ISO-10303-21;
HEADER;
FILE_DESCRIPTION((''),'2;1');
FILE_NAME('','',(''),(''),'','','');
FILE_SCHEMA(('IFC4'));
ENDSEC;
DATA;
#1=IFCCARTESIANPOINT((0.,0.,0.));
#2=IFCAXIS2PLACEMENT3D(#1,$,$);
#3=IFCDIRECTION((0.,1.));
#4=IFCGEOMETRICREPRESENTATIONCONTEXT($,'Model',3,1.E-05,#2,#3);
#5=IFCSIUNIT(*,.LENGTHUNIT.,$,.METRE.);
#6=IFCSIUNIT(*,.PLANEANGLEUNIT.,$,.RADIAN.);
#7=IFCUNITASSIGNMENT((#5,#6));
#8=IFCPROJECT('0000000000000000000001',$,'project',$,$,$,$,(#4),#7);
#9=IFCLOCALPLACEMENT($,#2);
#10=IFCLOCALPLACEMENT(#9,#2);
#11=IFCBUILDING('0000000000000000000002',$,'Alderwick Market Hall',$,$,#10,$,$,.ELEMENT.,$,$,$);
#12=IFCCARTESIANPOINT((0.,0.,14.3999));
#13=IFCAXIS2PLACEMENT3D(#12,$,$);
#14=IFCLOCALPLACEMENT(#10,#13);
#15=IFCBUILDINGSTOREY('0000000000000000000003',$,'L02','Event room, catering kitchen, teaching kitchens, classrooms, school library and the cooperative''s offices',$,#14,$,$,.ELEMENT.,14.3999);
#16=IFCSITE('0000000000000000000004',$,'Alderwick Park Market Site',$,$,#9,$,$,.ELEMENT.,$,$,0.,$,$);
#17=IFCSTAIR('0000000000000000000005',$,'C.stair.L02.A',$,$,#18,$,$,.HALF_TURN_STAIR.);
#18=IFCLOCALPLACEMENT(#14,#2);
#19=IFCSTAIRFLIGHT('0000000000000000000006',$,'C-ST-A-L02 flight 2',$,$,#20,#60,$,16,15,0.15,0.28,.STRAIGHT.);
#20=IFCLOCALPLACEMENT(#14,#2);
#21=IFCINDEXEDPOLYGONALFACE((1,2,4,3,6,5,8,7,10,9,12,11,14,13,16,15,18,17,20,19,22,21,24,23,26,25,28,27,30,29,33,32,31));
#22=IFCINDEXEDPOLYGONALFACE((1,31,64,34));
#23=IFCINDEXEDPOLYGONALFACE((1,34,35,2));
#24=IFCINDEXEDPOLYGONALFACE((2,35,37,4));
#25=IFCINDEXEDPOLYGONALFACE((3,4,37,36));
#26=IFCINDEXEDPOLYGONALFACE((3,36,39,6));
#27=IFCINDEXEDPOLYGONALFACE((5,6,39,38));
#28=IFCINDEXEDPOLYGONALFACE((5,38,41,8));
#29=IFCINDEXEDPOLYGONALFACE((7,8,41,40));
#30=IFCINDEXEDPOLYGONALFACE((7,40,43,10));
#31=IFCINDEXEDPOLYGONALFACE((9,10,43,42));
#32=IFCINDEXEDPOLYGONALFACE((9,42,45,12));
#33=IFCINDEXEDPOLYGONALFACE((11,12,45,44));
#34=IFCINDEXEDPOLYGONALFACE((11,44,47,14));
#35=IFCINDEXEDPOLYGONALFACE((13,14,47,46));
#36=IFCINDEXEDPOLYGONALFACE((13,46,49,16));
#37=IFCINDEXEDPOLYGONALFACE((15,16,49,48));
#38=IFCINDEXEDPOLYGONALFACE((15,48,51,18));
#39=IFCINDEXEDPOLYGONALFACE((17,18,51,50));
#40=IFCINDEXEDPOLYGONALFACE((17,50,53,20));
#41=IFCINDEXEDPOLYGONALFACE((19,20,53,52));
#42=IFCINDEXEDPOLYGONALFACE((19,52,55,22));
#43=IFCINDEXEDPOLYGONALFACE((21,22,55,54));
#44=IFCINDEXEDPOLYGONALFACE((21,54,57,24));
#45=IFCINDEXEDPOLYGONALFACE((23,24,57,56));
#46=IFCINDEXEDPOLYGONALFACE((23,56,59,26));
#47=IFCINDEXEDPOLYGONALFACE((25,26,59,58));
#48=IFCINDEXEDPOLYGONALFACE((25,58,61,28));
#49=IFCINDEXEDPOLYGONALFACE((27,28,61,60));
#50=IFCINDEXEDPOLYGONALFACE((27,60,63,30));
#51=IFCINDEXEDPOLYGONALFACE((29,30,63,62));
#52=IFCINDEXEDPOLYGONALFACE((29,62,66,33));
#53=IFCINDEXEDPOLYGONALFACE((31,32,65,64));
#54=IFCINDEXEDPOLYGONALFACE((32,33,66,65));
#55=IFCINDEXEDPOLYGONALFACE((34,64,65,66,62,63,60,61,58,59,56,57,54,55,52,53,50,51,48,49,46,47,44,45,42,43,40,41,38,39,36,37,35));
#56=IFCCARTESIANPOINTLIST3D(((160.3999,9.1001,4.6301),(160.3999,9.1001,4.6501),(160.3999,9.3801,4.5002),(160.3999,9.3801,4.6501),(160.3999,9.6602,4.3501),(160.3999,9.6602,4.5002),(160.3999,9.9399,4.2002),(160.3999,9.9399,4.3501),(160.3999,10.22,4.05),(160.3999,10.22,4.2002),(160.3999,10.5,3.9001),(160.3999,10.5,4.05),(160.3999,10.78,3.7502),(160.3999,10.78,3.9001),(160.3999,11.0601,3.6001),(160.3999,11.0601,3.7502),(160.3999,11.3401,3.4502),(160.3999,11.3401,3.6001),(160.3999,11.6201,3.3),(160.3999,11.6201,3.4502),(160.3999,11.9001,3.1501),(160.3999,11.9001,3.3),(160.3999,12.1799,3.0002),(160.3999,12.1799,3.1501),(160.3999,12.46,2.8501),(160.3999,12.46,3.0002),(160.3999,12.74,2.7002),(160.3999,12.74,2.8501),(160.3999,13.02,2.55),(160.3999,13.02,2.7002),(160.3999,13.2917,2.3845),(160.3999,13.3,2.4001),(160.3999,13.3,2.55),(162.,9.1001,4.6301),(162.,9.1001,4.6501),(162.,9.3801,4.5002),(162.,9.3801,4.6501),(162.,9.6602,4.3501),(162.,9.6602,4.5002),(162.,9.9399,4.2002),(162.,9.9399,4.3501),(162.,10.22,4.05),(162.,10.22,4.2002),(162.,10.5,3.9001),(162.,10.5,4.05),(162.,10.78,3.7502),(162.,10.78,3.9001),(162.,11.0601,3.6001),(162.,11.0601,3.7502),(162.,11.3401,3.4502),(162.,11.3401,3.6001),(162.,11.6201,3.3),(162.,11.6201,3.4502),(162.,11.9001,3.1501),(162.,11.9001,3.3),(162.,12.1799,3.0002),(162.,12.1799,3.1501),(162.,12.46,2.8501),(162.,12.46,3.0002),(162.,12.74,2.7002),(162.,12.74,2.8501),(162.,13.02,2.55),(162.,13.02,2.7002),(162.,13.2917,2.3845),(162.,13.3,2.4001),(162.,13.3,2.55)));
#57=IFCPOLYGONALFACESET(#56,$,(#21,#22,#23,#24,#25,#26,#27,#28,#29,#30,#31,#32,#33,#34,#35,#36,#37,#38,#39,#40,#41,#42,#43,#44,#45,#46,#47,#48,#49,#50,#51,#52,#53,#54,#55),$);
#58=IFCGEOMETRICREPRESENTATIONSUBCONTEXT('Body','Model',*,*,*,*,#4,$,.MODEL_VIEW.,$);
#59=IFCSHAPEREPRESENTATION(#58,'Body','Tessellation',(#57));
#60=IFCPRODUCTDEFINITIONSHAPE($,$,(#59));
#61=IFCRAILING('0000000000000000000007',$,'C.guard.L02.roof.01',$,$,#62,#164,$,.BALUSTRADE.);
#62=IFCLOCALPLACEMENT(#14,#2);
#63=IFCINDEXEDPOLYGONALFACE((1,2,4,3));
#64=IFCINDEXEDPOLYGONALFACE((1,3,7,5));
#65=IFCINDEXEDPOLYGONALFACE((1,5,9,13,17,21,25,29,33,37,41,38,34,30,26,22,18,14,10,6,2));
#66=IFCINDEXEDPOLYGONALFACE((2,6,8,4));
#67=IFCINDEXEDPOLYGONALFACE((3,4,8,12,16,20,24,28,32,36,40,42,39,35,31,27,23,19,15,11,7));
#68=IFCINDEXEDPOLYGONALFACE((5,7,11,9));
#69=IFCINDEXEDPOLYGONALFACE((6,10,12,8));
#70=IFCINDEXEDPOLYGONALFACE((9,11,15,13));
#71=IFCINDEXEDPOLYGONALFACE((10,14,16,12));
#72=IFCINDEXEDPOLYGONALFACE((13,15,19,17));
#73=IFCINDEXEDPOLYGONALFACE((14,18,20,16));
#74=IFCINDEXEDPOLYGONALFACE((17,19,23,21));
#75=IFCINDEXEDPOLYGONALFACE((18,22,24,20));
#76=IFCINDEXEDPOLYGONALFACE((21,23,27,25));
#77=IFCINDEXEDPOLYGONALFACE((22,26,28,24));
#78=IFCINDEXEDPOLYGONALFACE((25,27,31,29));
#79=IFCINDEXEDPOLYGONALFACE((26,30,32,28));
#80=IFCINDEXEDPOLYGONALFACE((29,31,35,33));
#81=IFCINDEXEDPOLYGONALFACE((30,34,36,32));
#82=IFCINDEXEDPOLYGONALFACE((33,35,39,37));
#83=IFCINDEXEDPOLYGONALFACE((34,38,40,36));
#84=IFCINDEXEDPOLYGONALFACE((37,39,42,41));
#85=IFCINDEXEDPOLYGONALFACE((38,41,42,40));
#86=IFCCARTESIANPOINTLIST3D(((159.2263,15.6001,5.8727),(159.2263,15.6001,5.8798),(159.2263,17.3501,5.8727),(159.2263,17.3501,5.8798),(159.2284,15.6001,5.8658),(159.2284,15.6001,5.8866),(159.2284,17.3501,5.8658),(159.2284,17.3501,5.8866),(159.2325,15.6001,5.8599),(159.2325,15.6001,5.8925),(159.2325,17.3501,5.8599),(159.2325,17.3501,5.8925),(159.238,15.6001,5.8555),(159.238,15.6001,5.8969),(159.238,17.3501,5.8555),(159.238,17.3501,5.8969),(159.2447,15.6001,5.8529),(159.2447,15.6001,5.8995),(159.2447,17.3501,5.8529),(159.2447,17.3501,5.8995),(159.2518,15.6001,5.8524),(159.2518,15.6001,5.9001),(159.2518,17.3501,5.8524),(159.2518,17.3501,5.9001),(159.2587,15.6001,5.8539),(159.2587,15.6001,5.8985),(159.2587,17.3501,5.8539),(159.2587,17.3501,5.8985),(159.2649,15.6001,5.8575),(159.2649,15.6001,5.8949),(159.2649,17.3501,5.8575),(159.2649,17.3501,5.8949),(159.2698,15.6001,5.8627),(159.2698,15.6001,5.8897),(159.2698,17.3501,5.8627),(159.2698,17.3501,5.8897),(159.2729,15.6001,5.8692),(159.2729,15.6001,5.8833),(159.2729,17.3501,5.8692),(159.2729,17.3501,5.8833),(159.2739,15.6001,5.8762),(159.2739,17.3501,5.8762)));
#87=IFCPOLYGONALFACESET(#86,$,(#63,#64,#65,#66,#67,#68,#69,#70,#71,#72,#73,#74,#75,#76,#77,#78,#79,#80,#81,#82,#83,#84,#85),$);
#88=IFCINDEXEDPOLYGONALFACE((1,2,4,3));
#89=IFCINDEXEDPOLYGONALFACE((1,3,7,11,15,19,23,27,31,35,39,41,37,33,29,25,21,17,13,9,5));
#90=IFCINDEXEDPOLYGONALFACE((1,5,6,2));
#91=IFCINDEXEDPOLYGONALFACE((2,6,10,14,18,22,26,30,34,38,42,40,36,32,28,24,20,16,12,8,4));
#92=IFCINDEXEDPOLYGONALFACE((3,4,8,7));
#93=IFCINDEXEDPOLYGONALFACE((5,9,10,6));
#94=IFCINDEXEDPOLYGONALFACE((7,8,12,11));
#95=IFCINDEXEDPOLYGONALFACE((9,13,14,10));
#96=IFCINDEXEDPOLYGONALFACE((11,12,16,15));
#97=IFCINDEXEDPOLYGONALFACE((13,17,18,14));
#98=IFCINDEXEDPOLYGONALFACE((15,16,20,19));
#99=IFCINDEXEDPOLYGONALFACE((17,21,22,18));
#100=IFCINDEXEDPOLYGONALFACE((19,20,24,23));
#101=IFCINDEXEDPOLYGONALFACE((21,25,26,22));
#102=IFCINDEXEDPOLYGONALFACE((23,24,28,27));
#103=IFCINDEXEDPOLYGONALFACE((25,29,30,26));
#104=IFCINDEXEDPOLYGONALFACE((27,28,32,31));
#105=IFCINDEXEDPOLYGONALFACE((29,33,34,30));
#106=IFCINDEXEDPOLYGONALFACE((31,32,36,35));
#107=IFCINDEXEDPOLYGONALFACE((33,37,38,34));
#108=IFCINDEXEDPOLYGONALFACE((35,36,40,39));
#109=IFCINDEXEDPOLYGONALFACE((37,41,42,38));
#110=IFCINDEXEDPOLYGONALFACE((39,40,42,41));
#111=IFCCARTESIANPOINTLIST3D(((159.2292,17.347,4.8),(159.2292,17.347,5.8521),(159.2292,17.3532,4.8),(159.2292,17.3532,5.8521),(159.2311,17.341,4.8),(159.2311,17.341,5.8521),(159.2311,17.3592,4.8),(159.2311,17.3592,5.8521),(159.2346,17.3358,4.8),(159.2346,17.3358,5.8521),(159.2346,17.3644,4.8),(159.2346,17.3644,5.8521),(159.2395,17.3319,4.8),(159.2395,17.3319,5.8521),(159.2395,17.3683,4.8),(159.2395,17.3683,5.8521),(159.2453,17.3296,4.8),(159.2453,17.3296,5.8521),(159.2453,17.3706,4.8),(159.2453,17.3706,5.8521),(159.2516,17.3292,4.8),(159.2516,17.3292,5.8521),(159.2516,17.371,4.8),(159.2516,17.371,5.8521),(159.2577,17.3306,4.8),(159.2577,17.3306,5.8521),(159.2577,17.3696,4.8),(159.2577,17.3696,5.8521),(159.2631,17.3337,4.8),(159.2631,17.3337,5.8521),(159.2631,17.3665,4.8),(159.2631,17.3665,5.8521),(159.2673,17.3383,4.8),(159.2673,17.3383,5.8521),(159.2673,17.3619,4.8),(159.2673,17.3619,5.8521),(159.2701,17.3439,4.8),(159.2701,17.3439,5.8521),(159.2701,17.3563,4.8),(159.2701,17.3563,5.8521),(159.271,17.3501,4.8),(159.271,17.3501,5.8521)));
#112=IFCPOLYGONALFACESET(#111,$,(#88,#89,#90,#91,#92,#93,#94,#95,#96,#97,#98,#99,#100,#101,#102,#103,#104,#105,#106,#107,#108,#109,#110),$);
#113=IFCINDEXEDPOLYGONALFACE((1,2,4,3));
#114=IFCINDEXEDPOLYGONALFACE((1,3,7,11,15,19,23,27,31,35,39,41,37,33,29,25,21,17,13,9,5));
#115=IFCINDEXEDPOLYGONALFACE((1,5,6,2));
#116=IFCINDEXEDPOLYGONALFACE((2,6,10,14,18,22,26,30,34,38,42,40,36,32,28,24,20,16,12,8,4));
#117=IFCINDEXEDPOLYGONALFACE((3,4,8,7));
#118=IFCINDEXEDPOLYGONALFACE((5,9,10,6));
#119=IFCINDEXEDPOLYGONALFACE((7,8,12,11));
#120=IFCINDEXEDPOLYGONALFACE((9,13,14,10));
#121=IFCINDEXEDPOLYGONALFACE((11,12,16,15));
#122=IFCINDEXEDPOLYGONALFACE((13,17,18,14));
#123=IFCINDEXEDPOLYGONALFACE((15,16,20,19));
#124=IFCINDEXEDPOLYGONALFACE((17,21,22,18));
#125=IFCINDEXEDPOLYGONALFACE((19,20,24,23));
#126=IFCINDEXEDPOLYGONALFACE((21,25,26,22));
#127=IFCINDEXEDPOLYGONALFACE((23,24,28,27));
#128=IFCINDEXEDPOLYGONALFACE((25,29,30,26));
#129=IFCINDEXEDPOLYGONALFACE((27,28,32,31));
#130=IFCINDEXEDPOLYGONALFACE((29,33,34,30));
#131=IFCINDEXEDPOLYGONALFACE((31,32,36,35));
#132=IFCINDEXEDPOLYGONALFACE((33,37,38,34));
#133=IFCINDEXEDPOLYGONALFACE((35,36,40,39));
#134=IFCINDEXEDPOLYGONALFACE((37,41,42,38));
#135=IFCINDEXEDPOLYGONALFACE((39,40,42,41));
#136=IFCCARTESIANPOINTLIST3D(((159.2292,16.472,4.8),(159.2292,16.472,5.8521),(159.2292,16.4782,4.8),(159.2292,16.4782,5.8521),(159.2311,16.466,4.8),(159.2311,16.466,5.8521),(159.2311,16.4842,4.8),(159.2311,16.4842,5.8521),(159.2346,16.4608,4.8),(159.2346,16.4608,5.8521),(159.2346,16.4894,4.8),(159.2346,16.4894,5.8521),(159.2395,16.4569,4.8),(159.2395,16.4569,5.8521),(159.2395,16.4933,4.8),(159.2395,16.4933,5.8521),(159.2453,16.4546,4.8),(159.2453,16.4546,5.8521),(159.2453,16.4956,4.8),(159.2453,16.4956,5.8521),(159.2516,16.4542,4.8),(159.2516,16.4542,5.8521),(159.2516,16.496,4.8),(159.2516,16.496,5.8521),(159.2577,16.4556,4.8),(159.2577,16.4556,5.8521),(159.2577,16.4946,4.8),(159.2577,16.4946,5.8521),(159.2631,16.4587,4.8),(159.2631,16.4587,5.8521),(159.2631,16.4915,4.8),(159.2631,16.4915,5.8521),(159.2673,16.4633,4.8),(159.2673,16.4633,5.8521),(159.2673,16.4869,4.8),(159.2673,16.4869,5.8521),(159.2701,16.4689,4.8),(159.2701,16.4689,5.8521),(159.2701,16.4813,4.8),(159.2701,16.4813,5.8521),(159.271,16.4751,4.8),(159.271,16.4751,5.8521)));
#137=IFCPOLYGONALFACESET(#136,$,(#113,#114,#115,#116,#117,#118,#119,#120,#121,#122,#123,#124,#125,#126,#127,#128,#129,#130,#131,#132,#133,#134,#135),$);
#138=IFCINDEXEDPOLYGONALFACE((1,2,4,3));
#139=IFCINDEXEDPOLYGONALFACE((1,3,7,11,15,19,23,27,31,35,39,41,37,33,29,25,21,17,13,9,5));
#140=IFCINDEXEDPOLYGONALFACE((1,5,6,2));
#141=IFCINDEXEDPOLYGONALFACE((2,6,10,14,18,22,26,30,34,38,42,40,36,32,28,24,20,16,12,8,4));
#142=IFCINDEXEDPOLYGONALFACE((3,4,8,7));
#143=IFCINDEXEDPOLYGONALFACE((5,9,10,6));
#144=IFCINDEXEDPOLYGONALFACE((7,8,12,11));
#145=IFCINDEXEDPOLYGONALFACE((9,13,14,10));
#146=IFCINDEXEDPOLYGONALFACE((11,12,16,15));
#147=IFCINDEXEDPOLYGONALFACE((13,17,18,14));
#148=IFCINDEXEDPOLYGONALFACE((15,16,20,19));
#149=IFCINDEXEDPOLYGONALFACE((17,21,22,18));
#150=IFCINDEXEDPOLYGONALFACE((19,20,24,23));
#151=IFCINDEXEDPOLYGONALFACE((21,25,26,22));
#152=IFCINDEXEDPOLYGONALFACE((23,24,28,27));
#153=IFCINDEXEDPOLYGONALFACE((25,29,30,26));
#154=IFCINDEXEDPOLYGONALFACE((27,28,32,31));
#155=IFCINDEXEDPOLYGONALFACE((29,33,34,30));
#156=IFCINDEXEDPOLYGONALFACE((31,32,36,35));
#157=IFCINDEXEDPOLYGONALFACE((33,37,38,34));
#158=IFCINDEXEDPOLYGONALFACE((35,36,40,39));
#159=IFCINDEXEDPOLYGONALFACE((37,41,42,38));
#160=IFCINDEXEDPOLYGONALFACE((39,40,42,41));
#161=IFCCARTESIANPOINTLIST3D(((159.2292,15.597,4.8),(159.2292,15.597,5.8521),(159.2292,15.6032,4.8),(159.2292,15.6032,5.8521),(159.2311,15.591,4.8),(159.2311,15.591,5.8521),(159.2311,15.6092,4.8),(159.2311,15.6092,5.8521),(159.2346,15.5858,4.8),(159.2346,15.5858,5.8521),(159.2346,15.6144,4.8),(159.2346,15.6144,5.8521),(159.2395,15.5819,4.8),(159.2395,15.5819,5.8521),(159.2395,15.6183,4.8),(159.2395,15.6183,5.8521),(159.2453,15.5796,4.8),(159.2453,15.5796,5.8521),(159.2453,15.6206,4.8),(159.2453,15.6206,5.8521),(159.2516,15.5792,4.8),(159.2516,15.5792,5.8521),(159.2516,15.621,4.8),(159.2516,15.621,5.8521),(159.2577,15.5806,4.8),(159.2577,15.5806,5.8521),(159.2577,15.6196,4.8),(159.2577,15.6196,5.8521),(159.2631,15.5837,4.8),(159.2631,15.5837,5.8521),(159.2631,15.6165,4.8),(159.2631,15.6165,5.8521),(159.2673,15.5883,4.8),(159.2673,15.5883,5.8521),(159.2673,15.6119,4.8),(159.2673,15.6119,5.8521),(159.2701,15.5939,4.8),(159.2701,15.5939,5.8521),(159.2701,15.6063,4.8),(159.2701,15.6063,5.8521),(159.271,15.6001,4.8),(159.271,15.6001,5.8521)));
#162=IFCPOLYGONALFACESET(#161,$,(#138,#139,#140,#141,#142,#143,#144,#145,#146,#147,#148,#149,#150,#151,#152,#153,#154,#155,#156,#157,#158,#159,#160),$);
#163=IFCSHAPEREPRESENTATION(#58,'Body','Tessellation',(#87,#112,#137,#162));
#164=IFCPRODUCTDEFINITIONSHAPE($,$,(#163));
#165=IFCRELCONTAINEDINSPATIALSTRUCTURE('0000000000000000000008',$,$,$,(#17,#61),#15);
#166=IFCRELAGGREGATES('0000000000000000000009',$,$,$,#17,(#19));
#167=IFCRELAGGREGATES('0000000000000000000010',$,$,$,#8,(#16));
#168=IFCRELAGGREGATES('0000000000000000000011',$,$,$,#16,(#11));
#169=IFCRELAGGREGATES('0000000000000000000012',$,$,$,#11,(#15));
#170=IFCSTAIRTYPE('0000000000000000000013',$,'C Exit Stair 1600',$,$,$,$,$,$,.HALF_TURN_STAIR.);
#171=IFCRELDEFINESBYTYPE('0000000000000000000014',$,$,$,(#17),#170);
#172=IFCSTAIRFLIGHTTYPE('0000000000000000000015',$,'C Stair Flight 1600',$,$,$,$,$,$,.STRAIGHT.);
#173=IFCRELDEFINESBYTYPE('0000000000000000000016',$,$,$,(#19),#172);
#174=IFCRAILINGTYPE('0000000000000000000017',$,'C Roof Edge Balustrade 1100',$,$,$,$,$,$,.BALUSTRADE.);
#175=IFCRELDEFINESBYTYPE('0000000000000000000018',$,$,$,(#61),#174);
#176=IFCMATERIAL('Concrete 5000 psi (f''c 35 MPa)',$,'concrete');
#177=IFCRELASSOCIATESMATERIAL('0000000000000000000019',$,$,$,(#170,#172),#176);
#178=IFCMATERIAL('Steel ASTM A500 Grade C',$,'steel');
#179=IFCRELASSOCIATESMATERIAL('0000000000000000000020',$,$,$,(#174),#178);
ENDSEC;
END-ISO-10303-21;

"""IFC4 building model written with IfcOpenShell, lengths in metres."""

from ifc_helpers import new_model, si_unit, direction, frame, origin, origin_2d, place, context, subcontext, project, spatial, polyline, circle, outline, extrude, material, type_object, element, aggregate, save


model = new_model("IFC4")

# Units and contexts
model_context = context("Model", 3, precision=1e-05, world=origin(), true_north=direction((0.0, 1.0)))
body_context = subcontext(model_context, "Body", "Model", "MODEL_VIEW")
ifc_project = project(units=[si_unit("LENGTHUNIT", "METRE"), si_unit("PLANEANGLEUNIT", "RADIAN")], contexts=[model_context])

# Site, building, storey
site_placement = place(None, origin())
site = spatial("IfcSite", under=ifc_project, at=site_placement, Name="Alderwick Park Market Site", CompositionType="ELEMENT", RefElevation=0.0)
building_placement = place(site_placement, origin())
building = spatial("IfcBuilding", under=site, at=building_placement, Name="Alderwick Market Hall", CompositionType="ELEMENT")
storey_placement = place(building_placement, frame((0.0, 0.0, 14.3999)))
storey = spatial("IfcBuildingStorey", under=building, at=storey_placement, Name="L02", Description="Event room, catering kitchen, teaching kitchens, classrooms, school library and the cooperative's offices", CompositionType="ELEMENT", Elevation=14.3999)

# Shared definitions
ifc_material_1 = material(Name="Concrete 5000 psi (f'c 35 MPa)", Category="concrete")

# Stair, stair flight
stair_type = type_object("IfcStairType", Name="C Exit Stair 1600", PredefinedType="HALF_TURN_STAIR", material=ifc_material_1)
stair_placement = place(storey_placement, origin())
stair = element("IfcStair", 1, at=stair_placement, inside=storey, type_object=stair_type, Name="C.stair.L02.A", PredefinedType="HALF_TURN_STAIR")
stair_flight_type = type_object("IfcStairFlightType", Name="C Stair Flight 1600", PredefinedType="STRAIGHT", material=ifc_material_1)
stair_flight_1_placement = place(storey_placement, frame((161.2, 13.3, 2.4001), z_axis=(0.0, 0.0, 1.0), x_axis=(0.0, -1.0, 0.0)))
stair_flight_1 = element("IfcStairFlight", 2, at=stair_flight_1_placement, type_object=stair_flight_type, Name="C-ST-A-L02 flight 2", NumberOfRisers=16, NumberOfTreads=15, PredefinedType="STRAIGHT", RiserHeight=0.15, TreadLength=0.28, context=body_context, shape_type="SweptSolid", body=[
    extrude(outline(polyline([(0.0083, -0.0156), (0.0, 0.0), (0.0, 0.1499), (0.28, 0.1499), (0.28, 0.3), (0.5601, 0.3), (0.5601, 0.45), (0.8401, 0.45), (0.8401, 0.6001), (1.1201, 0.6001), (1.1201, 0.75), (1.3999, 0.75), (1.3999, 0.8999), (1.6799, 0.8999), (1.6799, 1.05), (1.96, 1.05), (1.96, 1.2), (2.24, 1.2), (2.24, 1.3501), (2.52, 1.3501), (2.52, 1.5), (2.8, 1.5), (2.8, 1.6499), (3.0801, 1.6499), (3.0801, 1.8), (3.3601, 1.8), (3.3601, 1.95), (3.6399, 1.95), (3.6399, 2.1001), (3.9199, 2.1001), (3.9199, 2.25), (4.2, 2.25), (4.2, 2.23), (0.0083, -0.0156)])), frame((0.0, 0.8, 0.0), z_axis=(0.0, -1.0, 0.0), x_axis=(1.0, 0.0, 0.0)), (0.0, 0.0, 1.0), 1.6001),
])
aggregate(stair, [stair_flight_1])

# Railing
ifc_material_2 = material(Name="Steel ASTM A500 Grade C", Category="steel")
railing_type_1 = type_object("IfcRailingType", Name="C Roof Edge Balustrade 1100", PredefinedType="BALUSTRADE", material=ifc_material_2)
railing_1_placement = place(storey_placement, frame((159.25, 17.3501, 4.8)))
element("IfcRailing", 3, at=railing_1_placement, inside=storey, type_object=railing_type_1, Name="C.guard.L02.roof.01", PredefinedType="BALUSTRADE", context=body_context, shape_type="SweptSolid", body=[
    extrude(circle(Radius=0.0239, at=origin_2d()), frame((0.0, 0.0, 1.0762), z_axis=(0.0, -1.0, 0.0), x_axis=(1.0, 0.0, 0.0)), (0.0, 0.0, 1.0), 1.75),
    extrude(circle(Radius=0.021, at=origin_2d()), origin(), (0.0, 0.0, 1.0), 1.052),
    extrude(circle(Radius=0.021, at=origin_2d()), frame((0.0, -0.875, 0.0)), (0.0, 0.0, 1.0), 1.052),
    extrude(circle(Radius=0.021, at=origin_2d()), frame((0.0, -1.75, 0.0)), (0.0, 0.0, 1.0), 1.052),
])

save(model, "model.ifc")
